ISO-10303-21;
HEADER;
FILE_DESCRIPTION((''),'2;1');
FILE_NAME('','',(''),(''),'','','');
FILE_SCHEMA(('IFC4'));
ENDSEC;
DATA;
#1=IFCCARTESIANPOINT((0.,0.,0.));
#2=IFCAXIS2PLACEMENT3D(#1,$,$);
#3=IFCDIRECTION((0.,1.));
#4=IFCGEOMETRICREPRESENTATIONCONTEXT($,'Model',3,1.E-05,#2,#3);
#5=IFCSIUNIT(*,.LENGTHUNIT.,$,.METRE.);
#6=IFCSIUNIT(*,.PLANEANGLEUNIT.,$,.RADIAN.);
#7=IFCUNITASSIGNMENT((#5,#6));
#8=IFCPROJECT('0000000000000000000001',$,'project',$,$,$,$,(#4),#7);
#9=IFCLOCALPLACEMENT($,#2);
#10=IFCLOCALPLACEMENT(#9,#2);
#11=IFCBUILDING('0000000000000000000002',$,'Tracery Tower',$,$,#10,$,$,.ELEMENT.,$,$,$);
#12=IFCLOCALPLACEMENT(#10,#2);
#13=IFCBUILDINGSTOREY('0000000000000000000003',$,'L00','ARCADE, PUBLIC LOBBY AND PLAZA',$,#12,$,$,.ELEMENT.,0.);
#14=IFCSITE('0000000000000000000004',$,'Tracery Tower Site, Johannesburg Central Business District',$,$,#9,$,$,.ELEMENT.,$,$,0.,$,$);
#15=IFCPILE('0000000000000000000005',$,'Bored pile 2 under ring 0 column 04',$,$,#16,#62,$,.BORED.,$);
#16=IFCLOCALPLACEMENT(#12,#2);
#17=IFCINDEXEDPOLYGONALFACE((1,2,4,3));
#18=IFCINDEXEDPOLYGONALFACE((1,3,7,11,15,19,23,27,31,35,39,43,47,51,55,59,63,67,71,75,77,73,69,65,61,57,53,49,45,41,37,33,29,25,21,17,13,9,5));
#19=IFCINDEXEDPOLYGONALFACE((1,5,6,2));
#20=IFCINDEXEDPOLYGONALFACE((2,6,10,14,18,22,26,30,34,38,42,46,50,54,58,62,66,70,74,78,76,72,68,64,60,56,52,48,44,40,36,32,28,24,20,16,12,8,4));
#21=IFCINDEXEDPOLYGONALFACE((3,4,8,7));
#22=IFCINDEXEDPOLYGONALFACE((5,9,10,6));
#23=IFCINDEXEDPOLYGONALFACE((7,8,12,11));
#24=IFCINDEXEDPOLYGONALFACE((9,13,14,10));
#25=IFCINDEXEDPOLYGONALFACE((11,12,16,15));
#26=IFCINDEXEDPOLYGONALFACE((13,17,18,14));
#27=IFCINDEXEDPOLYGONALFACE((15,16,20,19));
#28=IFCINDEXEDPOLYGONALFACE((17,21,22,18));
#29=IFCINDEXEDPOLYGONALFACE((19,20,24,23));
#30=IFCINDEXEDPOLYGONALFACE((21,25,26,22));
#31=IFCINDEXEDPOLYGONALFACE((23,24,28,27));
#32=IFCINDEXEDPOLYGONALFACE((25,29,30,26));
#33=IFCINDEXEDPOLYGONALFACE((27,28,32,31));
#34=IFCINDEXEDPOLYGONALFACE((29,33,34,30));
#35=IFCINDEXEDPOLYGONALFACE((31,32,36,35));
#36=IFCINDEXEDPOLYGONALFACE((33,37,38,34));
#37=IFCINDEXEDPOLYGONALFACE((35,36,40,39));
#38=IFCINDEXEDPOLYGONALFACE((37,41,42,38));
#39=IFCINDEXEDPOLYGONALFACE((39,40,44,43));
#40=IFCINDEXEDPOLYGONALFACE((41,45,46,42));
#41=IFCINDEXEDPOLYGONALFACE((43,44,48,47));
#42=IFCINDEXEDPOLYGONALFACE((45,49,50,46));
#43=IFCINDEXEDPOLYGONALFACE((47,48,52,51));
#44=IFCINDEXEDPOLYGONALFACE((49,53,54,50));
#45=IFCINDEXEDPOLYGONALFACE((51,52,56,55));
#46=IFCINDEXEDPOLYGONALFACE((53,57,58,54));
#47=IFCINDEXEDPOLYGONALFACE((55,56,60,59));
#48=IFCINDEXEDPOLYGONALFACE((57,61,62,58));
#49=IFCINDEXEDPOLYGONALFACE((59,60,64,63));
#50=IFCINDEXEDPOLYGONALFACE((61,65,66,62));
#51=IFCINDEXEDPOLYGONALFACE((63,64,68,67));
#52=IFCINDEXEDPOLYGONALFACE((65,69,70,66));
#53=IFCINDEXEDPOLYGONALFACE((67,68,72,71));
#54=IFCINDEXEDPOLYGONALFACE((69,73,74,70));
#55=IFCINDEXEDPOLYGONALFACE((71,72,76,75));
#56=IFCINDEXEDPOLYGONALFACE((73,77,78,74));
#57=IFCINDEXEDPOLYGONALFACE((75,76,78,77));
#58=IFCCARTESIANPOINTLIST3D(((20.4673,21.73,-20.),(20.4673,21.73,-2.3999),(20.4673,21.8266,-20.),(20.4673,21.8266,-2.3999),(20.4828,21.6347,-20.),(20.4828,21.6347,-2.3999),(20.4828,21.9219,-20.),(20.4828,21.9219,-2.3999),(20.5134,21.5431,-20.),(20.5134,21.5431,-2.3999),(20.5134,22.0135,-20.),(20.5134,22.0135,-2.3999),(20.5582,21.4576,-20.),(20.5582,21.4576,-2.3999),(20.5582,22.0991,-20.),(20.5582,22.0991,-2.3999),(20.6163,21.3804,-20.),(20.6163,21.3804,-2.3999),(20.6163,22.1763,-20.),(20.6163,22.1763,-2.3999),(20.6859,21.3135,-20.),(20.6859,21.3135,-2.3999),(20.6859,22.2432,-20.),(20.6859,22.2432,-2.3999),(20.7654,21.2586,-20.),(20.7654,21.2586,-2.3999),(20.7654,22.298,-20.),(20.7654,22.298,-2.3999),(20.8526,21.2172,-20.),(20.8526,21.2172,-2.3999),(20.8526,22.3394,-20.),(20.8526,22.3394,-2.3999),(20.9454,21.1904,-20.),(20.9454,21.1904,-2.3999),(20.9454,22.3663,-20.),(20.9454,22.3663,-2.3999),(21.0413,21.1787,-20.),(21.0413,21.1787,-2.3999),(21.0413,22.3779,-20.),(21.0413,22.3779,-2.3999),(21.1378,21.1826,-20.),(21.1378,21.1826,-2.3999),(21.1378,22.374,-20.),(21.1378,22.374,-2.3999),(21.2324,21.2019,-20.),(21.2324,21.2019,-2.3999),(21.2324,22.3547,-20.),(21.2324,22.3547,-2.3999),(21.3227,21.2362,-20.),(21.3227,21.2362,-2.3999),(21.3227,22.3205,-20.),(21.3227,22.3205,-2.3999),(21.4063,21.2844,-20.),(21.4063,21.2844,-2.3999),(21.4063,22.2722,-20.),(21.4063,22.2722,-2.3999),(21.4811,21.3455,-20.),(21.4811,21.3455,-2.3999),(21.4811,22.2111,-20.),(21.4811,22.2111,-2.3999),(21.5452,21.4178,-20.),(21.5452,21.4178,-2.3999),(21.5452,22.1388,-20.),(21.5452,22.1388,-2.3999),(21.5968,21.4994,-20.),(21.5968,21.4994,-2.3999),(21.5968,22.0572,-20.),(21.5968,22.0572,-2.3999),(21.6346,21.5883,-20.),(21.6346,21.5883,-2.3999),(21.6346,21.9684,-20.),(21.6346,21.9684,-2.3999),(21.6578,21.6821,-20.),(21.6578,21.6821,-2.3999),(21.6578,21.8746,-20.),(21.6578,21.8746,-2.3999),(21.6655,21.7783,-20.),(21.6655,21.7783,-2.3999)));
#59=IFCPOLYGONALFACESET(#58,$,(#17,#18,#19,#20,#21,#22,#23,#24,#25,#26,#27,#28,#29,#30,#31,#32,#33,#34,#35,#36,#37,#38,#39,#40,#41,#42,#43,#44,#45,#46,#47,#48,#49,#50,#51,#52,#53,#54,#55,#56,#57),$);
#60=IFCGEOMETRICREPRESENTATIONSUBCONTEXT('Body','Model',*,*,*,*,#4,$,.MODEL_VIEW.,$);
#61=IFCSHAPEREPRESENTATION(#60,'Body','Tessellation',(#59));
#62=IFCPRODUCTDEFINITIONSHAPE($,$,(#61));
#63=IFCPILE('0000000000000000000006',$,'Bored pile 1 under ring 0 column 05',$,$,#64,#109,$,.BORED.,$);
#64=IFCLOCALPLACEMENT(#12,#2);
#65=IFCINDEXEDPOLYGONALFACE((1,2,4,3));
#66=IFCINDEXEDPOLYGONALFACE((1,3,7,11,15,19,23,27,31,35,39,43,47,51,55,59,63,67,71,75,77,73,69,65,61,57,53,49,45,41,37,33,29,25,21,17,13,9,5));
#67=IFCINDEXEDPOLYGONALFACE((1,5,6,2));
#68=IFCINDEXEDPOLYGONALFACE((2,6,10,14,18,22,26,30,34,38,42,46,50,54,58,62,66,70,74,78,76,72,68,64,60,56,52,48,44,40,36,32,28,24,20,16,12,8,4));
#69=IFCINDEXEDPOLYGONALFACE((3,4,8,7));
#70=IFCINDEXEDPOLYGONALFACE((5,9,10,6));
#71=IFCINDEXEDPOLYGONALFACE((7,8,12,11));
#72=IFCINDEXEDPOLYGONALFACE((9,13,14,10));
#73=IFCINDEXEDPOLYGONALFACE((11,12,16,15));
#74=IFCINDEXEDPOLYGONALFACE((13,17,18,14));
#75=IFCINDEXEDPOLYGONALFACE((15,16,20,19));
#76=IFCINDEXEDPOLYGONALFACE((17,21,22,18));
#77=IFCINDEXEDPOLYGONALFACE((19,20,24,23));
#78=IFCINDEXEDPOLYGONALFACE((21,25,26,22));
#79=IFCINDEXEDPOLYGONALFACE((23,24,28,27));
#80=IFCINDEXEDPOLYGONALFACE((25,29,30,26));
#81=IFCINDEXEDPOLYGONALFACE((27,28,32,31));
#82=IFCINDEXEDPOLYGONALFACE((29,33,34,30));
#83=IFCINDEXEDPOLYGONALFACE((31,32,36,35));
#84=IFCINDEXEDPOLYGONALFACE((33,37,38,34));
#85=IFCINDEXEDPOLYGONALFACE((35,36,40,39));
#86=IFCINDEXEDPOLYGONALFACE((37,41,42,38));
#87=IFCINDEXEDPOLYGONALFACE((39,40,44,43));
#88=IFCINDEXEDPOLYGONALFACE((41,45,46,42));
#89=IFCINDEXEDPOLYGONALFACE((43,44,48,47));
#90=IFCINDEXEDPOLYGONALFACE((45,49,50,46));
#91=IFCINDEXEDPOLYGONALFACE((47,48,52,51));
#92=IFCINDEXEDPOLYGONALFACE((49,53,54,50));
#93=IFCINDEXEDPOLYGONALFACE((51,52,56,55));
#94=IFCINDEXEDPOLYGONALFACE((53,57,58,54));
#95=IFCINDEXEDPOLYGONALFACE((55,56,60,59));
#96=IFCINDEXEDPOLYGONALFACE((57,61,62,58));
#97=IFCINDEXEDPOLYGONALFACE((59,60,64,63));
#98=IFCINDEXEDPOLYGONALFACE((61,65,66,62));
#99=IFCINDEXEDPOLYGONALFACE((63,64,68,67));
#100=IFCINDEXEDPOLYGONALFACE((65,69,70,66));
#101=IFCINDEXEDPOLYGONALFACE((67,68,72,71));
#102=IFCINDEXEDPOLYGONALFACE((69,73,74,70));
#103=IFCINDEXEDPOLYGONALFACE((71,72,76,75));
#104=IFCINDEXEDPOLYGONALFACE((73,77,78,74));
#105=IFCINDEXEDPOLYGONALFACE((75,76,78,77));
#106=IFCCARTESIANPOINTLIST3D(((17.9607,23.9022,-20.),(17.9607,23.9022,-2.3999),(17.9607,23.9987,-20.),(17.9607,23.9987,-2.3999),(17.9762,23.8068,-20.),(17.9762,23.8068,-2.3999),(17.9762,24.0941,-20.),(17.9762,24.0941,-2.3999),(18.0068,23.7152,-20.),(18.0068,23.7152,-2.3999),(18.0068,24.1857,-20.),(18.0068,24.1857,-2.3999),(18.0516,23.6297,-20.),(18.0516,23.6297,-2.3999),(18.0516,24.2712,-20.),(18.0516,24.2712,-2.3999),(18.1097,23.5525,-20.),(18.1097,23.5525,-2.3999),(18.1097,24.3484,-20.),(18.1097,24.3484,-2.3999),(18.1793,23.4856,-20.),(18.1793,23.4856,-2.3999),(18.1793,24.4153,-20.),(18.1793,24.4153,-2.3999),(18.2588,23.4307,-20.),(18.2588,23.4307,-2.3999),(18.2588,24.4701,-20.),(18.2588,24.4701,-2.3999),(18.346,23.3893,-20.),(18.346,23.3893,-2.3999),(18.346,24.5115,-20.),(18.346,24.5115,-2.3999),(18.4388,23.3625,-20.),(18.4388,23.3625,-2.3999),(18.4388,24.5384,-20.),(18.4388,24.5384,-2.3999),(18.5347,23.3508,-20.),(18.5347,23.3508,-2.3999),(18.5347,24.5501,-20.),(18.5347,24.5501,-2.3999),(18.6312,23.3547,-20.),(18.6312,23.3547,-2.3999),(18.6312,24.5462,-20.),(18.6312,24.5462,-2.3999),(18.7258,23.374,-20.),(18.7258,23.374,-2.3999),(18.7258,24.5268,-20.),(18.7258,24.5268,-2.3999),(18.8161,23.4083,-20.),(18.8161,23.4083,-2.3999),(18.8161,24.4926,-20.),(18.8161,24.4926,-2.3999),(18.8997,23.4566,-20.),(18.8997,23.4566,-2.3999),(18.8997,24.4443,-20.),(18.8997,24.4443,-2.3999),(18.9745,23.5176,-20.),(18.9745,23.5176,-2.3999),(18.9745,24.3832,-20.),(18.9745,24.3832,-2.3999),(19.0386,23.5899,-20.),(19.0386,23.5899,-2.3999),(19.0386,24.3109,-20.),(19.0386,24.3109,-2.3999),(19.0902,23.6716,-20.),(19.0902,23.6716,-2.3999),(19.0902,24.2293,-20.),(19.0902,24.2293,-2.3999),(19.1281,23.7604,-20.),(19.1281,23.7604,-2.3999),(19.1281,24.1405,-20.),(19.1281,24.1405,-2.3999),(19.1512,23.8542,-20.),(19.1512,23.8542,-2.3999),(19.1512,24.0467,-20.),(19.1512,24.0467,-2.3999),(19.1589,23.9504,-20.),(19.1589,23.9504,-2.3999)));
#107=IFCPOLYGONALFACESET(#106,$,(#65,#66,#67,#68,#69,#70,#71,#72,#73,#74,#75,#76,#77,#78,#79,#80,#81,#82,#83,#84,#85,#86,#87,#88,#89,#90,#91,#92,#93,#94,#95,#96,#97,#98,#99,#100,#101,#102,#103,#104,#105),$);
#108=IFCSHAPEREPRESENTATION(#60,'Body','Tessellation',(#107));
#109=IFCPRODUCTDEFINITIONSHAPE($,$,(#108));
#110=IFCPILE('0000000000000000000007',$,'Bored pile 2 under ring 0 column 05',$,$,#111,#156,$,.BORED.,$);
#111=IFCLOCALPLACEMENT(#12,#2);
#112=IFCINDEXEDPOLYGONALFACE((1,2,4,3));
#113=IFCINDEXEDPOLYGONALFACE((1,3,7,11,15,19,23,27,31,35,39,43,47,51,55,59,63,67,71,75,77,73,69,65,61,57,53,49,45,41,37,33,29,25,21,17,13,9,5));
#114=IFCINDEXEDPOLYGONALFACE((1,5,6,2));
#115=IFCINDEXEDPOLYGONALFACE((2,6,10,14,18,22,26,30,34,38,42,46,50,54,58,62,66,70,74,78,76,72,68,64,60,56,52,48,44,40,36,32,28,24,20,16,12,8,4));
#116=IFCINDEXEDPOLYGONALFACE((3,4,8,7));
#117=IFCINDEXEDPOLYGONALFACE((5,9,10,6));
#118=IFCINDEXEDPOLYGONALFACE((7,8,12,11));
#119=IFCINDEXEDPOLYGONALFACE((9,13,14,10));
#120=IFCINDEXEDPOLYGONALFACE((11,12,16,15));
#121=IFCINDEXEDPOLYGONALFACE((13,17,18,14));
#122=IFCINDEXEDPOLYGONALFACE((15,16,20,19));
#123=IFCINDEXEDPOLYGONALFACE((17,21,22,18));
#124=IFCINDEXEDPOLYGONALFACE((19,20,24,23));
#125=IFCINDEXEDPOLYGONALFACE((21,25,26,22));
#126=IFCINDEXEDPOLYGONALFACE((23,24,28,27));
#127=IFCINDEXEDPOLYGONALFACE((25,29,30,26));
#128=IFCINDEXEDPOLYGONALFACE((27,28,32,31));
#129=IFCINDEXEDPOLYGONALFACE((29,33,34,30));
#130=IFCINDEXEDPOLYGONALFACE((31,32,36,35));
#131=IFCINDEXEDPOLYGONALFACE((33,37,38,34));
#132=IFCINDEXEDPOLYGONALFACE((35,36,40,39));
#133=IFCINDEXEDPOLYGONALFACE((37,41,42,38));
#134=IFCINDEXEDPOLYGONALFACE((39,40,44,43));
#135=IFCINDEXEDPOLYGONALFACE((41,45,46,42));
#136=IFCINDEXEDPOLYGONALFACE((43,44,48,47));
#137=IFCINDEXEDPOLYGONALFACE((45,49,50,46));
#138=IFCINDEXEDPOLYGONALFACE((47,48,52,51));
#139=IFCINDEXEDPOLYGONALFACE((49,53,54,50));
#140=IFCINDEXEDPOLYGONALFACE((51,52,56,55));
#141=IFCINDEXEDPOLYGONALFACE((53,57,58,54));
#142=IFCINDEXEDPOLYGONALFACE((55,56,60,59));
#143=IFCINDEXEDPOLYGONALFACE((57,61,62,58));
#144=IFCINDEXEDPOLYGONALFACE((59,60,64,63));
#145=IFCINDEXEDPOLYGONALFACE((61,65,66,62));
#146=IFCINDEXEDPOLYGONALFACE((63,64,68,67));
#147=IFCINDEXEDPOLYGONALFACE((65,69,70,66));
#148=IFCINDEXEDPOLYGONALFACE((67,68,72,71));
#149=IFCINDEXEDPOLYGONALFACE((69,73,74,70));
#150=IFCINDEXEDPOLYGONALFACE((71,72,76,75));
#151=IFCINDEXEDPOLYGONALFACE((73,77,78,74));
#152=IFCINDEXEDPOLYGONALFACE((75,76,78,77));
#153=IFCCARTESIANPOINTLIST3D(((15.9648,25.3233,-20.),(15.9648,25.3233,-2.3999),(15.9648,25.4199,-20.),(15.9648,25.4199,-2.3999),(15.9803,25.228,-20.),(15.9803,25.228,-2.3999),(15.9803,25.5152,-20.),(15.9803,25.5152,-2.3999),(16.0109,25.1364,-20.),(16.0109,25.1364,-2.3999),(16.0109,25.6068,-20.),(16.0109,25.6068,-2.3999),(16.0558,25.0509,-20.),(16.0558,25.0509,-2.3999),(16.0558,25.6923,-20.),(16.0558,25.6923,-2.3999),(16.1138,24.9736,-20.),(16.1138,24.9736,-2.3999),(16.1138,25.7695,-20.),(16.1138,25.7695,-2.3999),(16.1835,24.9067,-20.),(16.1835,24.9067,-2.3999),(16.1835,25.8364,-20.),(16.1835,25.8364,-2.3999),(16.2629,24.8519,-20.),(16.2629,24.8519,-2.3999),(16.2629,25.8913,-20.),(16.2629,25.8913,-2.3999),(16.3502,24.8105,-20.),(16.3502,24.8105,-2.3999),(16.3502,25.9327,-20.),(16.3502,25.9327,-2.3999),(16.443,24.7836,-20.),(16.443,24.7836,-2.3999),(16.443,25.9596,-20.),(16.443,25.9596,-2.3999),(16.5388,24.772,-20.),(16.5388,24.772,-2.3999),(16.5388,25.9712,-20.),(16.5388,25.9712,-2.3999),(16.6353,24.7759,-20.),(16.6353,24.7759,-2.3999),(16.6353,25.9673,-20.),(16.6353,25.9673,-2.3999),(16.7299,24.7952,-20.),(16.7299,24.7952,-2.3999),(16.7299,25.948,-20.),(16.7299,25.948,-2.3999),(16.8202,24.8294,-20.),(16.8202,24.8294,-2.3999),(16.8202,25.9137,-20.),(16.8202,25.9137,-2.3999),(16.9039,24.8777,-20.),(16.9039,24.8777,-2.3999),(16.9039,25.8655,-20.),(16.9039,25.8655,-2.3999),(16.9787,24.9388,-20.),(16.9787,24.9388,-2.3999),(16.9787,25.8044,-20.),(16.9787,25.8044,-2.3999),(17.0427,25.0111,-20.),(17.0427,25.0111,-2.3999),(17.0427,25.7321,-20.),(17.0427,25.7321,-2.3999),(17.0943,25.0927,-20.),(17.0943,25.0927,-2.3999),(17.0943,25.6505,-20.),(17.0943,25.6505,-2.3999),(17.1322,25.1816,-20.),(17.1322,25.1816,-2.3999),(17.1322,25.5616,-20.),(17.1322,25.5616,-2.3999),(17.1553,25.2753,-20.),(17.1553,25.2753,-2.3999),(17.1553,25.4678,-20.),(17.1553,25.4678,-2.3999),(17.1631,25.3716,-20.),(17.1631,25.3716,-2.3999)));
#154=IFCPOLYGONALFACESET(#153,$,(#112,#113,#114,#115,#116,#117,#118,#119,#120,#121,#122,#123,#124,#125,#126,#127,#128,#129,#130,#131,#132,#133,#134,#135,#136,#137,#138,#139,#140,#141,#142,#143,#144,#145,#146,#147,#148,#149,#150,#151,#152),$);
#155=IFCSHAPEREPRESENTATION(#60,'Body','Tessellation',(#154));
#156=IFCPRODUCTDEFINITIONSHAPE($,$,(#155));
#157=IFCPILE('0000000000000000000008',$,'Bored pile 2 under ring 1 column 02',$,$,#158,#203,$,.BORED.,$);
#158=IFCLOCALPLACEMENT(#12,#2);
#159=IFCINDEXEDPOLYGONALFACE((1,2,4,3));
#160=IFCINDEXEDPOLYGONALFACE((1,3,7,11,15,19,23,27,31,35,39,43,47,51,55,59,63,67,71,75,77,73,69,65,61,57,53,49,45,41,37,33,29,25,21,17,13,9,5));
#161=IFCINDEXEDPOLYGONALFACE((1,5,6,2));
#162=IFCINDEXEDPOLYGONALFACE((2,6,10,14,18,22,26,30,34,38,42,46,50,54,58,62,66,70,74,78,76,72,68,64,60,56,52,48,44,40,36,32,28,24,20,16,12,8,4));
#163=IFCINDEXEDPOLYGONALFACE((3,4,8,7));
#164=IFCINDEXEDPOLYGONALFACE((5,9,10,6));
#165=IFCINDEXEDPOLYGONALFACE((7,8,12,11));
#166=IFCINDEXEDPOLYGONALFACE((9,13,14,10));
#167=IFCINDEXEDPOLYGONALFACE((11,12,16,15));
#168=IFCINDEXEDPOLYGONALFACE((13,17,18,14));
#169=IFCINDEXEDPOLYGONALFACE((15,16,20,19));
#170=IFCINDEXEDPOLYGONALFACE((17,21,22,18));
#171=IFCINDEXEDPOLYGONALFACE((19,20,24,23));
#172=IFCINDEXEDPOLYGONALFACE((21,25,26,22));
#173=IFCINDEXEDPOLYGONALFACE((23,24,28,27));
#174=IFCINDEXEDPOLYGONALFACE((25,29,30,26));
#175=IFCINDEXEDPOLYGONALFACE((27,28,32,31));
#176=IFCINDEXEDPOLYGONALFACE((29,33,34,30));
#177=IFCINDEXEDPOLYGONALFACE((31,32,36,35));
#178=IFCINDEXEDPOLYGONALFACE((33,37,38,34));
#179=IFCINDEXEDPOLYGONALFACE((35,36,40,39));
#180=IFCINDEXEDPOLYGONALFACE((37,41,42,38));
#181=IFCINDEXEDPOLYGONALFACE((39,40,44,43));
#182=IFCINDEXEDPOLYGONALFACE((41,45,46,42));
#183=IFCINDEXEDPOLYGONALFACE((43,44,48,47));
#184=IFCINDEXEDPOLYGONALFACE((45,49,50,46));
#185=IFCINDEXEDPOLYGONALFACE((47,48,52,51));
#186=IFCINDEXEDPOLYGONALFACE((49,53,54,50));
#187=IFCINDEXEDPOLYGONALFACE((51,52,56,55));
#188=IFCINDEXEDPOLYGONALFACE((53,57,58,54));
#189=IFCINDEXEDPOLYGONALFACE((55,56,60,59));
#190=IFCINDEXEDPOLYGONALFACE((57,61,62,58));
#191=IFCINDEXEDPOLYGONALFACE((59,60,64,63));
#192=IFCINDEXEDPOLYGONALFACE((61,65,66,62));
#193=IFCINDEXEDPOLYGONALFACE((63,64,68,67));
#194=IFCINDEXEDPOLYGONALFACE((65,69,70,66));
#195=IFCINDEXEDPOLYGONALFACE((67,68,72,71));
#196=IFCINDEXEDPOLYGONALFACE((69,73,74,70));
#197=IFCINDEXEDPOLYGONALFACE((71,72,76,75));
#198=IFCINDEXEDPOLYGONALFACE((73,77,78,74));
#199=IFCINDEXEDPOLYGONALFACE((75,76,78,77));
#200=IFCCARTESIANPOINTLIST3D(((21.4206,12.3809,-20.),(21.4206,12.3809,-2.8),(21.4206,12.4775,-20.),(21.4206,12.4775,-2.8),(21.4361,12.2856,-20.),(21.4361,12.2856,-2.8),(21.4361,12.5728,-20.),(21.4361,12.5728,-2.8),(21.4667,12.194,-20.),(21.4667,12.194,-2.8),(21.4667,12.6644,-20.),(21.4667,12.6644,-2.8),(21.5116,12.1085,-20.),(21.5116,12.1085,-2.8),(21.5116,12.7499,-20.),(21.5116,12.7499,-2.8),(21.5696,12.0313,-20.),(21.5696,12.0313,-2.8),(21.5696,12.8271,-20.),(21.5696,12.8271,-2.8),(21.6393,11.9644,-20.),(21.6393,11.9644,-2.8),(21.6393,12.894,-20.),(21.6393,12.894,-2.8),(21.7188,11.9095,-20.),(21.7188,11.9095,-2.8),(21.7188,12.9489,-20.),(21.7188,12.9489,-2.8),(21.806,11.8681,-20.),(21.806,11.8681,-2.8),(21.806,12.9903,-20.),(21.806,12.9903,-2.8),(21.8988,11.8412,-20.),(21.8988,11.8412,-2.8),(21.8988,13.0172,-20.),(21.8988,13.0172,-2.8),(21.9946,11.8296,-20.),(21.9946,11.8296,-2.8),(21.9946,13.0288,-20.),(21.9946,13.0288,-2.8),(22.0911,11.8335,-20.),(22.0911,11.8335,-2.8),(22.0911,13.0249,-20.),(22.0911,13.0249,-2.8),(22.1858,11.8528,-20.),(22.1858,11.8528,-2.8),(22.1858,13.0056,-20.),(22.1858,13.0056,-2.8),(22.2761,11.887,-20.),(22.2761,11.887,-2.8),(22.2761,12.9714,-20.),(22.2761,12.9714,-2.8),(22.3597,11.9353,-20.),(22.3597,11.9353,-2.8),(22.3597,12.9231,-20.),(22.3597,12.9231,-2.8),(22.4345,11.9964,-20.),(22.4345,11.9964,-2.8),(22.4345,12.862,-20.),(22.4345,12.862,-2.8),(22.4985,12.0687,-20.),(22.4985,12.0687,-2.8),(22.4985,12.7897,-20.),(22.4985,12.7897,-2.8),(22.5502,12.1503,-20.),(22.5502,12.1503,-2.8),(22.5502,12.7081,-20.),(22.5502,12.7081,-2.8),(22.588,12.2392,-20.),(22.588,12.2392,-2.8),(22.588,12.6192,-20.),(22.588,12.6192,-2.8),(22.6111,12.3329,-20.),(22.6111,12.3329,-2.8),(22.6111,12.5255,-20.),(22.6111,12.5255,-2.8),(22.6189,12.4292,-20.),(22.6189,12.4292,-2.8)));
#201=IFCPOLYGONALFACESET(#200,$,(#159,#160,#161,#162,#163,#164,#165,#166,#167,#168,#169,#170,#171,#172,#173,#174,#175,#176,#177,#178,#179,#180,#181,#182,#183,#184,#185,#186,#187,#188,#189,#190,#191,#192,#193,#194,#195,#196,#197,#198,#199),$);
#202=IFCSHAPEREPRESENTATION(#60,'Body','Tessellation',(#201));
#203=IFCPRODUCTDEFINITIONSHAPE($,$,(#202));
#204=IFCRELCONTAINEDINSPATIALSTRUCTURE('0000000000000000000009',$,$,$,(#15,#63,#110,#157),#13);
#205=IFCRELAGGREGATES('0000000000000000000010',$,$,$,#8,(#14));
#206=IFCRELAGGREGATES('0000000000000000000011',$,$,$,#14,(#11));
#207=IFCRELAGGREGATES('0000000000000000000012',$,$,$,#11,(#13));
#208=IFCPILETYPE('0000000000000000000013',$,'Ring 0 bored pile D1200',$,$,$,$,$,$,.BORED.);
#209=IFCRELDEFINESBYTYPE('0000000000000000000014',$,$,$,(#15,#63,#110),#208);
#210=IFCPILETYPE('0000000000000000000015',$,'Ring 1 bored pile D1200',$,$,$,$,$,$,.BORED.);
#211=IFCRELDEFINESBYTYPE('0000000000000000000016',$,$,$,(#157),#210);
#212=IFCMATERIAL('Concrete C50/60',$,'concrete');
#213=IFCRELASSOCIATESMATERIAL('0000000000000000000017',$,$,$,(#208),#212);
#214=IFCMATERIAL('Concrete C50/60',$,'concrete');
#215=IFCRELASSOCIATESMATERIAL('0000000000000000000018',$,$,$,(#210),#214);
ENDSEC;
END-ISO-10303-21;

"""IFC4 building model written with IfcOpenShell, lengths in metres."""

from ifc_helpers import new_model, si_unit, direction, frame, origin, origin_2d, place, context, subcontext, project, spatial, circle, extrude, material, material_profile, profile_set, type_object, element, save


model = new_model("IFC4")

# Units and contexts
model_context = context("Model", 3, precision=1e-05, world=origin(), true_north=direction((0.0, 1.0)))
body_context = subcontext(model_context, "Body", "Model", "MODEL_VIEW")
ifc_project = project(units=[si_unit("LENGTHUNIT", "METRE"), si_unit("PLANEANGLEUNIT", "RADIAN")], contexts=[model_context])

# Site, building, storey
site_placement = place(None, origin())
site = spatial("IfcSite", under=ifc_project, at=site_placement, Name="Tracery Tower Site, Johannesburg Central Business District", CompositionType="ELEMENT", RefElevation=0.0)
building_placement = place(site_placement, origin())
building = spatial("IfcBuilding", under=site, at=building_placement, Name="Tracery Tower", CompositionType="ELEMENT")
storey_placement = place(building_placement, origin())
storey = spatial("IfcBuildingStorey", under=building, at=storey_placement, Name="L00", Description="ARCADE, PUBLIC LOBBY AND PLAZA", CompositionType="ELEMENT", Elevation=0.0)

# Piles
ifc_material_1 = material(Name="Concrete C50/60", Category="concrete")
ifc_material_profile_1 = material_profile(ifc_material_1, circle(Radius=0.6001, at=origin_2d()), Name="RC D1200")
ifc_profile_set_1 = profile_set([ifc_material_profile_1], Name="Concrete C50/60")
pile_type_1 = type_object("IfcPileType", Name="Ring 0 bored pile D1200", PredefinedType="BORED", material=ifc_profile_set_1)
for number, where, z_axis, x_axis, name in (
    (1, (21.0654, 21.7783, -2.3999), (0.0, 0.0, -1.0), (1.0, 0.0, 0.0), "Bored pile 2 under ring 0 column 04"),
    (2, (18.5588, 23.9504, -2.3999), (0.0, 0.0, -1.0), (1.0, 0.0, 0.0), "Bored pile 1 under ring 0 column 05"),
    (3, (16.563, 25.3716, -2.3999), (0.0, 0.0, -1.0), (1.0, 0.0, 0.0), "Bored pile 2 under ring 0 column 05"),
):
    element("IfcPile", number, at=place(storey_placement, frame(where, z_axis=z_axis, x_axis=x_axis)), inside=storey, type_object=pile_type_1, Name=name, PredefinedType="BORED", context=body_context, shape_type="SweptSolid", body=[
        extrude(circle(Radius=0.6001, at=origin_2d()), origin(), (0.0, 0.0, 1.0), 17.6001),
    ])
ifc_material_2 = material(Name="Concrete C50/60", Category="concrete")
ifc_material_profile_2 = material_profile(ifc_material_2, circle(Radius=0.6001, at=origin_2d()), Name="RC D1200")
ifc_profile_set_2 = profile_set([ifc_material_profile_2], Name="Concrete C50/60")
pile_type_2 = type_object("IfcPileType", Name="Ring 1 bored pile D1200", PredefinedType="BORED", material=ifc_profile_set_2)
for number, where, z_axis, x_axis, name in (
    (4, (22.0188, 12.4292, -2.8), (0.0, 0.0, -1.0), (1.0, 0.0, 0.0), "Bored pile 2 under ring 1 column 02"),
):
    element("IfcPile", number, at=place(storey_placement, frame(where, z_axis=z_axis, x_axis=x_axis)), inside=storey, type_object=pile_type_2, Name=name, PredefinedType="BORED", context=body_context, shape_type="SweptSolid", body=[
        extrude(circle(Radius=0.6001, at=origin_2d()), origin(), (0.0, 0.0, 1.0), 17.2),
    ])

save(model, "model.ifc")
